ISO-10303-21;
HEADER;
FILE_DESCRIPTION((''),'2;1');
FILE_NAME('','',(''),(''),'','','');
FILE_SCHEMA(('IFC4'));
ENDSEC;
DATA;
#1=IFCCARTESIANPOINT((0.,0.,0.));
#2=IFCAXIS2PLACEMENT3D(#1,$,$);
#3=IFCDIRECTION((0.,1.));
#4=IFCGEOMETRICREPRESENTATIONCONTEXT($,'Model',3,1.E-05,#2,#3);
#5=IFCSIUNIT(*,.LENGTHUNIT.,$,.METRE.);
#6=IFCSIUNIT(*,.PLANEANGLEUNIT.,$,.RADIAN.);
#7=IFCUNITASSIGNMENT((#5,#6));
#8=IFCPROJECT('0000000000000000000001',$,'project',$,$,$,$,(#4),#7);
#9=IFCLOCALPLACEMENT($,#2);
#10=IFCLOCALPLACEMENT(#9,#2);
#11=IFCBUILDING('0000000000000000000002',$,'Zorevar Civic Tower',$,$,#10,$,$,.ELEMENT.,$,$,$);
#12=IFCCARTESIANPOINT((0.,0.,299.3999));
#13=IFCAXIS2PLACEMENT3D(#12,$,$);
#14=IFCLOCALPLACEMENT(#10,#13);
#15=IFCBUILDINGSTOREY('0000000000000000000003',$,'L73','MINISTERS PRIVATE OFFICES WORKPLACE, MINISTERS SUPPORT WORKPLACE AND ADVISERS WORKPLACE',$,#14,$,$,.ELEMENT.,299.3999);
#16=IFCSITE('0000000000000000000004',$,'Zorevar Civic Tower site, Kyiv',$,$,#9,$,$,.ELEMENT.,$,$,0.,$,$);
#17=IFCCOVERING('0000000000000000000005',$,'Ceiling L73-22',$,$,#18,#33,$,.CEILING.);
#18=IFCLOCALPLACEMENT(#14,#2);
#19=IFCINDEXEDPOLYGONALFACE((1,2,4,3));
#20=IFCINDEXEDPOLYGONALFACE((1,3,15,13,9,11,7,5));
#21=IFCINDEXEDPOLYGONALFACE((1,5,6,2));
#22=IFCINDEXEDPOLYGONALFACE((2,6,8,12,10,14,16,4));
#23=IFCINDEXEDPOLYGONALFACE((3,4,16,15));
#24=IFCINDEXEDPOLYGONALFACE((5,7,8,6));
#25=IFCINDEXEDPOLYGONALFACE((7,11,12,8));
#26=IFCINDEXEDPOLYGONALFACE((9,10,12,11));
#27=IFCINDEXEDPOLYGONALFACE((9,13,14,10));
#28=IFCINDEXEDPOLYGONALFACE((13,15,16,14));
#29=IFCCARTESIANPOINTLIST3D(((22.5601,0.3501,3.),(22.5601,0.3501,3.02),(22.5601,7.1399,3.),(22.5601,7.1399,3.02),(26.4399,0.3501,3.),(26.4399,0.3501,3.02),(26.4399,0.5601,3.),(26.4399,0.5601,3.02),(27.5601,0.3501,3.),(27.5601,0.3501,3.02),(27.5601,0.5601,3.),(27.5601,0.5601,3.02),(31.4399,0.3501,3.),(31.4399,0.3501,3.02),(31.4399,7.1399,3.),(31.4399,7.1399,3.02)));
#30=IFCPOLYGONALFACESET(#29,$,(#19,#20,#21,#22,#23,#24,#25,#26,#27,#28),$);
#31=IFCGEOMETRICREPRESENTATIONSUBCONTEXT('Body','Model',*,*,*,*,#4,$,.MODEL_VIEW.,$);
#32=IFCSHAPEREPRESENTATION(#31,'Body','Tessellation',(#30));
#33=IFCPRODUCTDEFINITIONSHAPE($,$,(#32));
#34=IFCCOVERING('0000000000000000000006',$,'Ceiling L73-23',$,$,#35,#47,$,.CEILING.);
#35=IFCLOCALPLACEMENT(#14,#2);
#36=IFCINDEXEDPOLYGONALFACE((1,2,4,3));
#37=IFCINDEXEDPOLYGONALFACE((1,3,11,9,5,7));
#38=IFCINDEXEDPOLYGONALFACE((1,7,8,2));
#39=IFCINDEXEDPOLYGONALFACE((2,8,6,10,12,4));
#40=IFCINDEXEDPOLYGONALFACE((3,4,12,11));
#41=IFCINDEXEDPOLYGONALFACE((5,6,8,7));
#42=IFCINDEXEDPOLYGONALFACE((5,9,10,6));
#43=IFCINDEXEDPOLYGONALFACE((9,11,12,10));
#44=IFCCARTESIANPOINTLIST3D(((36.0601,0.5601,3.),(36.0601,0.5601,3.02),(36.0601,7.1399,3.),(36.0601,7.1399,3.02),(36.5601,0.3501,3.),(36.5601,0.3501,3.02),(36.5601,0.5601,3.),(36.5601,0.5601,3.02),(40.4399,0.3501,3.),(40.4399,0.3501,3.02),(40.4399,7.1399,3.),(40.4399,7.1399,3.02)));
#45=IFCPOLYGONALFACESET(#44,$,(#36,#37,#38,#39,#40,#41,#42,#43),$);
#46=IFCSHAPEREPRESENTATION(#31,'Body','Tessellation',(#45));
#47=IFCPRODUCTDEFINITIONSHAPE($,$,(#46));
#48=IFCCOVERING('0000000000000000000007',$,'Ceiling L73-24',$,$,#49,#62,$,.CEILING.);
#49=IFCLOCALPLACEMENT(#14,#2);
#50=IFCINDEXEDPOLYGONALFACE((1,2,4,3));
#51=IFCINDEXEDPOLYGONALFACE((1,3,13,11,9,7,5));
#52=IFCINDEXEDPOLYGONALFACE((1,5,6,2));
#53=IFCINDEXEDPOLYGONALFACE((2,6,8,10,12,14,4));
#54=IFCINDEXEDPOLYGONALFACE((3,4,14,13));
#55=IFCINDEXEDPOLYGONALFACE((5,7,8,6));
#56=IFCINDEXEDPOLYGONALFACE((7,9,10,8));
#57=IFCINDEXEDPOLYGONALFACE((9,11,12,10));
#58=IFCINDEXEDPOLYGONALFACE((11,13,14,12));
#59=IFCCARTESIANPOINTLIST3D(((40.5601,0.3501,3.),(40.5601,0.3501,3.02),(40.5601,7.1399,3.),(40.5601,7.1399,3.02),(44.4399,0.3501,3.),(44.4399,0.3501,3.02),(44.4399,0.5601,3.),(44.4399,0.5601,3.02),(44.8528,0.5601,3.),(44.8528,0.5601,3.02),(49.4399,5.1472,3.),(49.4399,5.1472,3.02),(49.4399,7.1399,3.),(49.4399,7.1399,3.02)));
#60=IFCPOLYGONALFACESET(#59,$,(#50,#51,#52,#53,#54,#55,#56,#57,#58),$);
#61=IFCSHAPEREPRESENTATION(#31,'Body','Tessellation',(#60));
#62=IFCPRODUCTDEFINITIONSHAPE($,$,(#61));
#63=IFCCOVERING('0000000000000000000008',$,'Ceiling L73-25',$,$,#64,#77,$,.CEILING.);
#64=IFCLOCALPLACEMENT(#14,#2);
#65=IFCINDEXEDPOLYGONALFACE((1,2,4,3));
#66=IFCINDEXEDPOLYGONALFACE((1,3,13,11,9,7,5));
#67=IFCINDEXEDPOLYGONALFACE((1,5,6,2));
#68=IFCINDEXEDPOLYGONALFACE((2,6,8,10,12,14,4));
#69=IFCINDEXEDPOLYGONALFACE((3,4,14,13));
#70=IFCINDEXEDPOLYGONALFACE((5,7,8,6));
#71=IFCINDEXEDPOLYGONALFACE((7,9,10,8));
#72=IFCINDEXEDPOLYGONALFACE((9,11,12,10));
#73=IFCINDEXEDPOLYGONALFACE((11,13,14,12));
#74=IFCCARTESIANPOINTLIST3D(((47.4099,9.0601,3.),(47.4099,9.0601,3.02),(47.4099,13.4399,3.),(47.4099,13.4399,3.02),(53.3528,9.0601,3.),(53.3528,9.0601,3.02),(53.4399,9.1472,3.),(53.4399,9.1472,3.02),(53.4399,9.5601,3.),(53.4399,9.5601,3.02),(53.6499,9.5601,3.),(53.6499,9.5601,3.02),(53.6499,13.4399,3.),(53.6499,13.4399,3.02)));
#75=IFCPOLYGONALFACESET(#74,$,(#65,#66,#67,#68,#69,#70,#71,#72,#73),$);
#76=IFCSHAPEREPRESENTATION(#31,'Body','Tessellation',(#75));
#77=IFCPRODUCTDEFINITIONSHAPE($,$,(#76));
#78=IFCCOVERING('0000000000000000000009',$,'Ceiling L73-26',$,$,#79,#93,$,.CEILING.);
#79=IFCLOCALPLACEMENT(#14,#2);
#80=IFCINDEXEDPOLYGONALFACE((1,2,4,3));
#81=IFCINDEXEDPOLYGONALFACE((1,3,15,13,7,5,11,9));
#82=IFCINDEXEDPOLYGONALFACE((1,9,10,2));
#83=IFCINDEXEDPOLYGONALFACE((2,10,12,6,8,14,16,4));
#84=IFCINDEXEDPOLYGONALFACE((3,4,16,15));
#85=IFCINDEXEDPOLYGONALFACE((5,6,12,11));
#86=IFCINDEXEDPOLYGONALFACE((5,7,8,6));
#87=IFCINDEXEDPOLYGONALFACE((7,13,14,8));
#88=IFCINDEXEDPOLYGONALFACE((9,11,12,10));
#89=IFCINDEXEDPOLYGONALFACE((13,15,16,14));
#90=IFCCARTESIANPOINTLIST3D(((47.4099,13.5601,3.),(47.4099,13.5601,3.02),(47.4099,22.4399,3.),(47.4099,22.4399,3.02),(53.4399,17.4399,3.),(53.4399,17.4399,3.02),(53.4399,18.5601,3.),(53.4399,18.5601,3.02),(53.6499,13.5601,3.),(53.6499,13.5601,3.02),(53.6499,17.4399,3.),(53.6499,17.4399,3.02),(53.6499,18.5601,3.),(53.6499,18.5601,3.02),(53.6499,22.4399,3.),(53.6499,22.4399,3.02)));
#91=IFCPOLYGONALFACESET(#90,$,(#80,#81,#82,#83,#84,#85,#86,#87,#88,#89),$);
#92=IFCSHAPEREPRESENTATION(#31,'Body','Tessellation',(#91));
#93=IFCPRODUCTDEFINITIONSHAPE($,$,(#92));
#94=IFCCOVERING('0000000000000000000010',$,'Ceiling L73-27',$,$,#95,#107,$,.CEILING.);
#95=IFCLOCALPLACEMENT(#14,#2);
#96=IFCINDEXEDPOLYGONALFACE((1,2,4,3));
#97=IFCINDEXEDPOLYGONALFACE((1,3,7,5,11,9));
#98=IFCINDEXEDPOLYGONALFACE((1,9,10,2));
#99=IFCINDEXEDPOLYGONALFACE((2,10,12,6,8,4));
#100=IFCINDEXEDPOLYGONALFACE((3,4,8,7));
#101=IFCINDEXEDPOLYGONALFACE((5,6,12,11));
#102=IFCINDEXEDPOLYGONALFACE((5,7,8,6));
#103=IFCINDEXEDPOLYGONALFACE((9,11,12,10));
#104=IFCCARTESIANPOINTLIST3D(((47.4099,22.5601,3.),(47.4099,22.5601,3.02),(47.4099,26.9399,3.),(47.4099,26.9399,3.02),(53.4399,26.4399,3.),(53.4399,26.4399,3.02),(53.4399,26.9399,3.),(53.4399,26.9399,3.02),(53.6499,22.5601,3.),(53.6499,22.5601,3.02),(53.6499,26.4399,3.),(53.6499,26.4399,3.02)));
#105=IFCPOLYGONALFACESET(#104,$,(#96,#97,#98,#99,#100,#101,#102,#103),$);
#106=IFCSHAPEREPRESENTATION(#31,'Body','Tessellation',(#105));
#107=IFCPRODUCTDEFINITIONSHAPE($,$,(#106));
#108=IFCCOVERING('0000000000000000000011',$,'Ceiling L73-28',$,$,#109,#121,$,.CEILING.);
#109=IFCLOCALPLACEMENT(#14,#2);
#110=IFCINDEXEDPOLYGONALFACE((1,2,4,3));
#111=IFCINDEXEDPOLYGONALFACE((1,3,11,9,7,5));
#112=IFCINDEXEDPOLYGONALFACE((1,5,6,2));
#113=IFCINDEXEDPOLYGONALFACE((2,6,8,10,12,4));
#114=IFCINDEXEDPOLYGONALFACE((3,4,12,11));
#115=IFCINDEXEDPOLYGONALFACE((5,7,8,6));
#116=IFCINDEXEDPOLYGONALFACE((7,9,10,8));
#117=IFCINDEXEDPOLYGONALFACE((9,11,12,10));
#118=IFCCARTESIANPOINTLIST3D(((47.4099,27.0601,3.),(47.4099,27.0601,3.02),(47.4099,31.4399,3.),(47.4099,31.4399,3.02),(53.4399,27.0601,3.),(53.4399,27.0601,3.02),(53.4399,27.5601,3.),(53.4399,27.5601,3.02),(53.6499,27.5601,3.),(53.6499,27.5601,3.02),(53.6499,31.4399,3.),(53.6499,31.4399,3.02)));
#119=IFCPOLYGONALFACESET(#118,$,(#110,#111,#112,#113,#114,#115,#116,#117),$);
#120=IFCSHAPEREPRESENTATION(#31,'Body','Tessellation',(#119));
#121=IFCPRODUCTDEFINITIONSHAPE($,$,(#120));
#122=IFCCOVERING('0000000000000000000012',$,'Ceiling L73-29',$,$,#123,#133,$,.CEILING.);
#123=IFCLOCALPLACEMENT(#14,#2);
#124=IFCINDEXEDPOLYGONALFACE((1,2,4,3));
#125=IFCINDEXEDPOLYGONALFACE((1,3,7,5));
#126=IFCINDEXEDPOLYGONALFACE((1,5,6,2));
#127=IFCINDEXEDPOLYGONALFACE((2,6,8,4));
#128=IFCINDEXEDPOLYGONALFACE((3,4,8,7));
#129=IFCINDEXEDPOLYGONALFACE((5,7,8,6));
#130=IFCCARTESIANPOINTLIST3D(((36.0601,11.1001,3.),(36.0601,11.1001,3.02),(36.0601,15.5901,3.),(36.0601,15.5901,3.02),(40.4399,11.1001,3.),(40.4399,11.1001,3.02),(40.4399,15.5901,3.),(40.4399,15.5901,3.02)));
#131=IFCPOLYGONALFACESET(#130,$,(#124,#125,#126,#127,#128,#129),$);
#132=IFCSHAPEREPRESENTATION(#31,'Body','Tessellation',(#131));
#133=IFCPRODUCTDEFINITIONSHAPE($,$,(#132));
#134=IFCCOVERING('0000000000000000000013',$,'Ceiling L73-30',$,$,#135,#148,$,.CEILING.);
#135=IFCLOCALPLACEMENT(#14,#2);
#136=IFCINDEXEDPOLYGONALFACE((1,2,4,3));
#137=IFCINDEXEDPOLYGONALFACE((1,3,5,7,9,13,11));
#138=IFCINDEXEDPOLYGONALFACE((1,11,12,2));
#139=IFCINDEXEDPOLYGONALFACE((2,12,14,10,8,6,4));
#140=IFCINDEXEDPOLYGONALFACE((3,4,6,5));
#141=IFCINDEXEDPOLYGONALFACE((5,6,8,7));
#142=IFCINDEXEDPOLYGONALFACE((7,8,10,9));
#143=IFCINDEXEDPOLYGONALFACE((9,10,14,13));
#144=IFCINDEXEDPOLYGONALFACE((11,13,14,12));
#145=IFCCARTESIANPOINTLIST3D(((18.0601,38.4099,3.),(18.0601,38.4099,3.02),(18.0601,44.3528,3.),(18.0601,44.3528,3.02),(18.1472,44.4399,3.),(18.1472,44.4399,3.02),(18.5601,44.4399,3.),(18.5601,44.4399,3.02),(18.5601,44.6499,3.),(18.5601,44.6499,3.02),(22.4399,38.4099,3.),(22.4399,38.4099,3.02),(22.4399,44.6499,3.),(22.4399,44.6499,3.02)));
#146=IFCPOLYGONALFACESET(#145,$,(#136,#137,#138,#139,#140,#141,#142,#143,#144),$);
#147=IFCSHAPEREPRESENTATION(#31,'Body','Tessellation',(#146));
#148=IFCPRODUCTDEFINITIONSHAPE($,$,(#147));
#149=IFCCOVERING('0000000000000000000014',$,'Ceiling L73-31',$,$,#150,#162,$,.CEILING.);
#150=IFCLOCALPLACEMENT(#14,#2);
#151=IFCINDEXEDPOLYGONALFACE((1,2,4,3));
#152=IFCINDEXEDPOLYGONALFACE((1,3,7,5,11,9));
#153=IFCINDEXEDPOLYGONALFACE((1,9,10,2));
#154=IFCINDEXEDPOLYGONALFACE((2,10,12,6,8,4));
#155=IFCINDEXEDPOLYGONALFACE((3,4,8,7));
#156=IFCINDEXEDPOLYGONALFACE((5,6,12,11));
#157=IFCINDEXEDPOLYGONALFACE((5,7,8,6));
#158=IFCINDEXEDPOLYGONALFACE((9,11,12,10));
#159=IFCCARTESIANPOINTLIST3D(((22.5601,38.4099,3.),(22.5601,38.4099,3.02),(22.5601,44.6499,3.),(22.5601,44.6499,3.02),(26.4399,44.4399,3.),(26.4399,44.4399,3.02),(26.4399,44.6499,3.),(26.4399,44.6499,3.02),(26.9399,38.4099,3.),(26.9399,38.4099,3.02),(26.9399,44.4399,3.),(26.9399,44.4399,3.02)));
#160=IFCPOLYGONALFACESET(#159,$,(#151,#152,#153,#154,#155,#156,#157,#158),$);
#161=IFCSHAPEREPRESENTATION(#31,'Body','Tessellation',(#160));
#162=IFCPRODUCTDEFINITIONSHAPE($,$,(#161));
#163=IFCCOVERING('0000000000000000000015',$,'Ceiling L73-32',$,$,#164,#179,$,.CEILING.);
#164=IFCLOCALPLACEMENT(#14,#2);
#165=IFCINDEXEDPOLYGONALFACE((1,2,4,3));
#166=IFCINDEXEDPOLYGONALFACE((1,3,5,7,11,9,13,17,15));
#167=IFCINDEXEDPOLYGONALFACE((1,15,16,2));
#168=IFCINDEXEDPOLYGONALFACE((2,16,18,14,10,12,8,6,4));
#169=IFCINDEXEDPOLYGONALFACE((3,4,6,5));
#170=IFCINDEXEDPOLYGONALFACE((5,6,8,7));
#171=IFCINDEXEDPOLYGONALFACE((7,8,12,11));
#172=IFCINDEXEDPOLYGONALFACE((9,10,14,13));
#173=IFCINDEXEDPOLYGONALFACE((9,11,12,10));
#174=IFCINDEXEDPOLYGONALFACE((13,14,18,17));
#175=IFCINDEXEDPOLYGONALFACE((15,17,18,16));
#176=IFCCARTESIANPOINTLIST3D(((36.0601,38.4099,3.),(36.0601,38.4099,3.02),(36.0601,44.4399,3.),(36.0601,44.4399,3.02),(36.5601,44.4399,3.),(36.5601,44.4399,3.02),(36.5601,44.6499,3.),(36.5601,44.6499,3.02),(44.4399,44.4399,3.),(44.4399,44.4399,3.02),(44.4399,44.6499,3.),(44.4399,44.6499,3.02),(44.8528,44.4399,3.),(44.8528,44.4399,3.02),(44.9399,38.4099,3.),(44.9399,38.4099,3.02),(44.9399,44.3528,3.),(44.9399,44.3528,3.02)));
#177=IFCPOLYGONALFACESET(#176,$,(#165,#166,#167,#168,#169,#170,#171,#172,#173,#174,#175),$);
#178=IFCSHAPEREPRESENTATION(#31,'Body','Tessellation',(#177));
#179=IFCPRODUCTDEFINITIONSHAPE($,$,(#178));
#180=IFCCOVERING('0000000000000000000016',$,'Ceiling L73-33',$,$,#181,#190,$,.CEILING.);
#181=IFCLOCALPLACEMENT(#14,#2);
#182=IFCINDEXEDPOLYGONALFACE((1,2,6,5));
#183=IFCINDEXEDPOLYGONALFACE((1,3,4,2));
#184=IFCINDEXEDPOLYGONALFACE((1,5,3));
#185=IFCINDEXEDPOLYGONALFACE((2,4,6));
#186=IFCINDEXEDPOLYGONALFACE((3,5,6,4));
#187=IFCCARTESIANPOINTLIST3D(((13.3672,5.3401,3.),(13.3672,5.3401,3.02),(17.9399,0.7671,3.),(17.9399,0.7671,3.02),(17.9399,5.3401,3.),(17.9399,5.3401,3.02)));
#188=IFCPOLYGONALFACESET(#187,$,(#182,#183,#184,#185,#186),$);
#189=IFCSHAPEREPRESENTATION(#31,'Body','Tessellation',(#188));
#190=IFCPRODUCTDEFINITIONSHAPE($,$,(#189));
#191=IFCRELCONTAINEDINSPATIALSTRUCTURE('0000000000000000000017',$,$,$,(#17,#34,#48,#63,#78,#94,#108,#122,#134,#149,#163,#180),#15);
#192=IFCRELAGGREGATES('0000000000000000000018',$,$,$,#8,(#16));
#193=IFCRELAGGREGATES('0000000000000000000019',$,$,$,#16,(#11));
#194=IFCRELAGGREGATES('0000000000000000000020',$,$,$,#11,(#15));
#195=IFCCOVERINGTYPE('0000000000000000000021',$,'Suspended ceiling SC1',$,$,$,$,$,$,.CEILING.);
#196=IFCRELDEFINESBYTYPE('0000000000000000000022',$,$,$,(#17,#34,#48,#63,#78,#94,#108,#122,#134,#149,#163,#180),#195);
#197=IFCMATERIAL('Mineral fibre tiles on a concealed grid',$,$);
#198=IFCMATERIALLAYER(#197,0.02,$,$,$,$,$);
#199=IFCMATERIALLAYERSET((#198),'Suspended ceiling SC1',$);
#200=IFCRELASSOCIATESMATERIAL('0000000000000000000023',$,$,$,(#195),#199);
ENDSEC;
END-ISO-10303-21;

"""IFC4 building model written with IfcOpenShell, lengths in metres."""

from ifc_helpers import new_model, si_unit, direction, frame, origin, place, context, subcontext, project, spatial, polyline, outline, extrude, material, layer, layer_set, type_object, element, save


model = new_model("IFC4")

# Units and contexts
model_context = context("Model", 3, precision=1e-05, world=origin(), true_north=direction((0.0, 1.0)))
body_context = subcontext(model_context, "Body", "Model", "MODEL_VIEW")
ifc_project = project(units=[si_unit("LENGTHUNIT", "METRE"), si_unit("PLANEANGLEUNIT", "RADIAN")], contexts=[model_context])

# Site, building, storey
site_placement = place(None, origin())
site = spatial("IfcSite", under=ifc_project, at=site_placement, Name="Zorevar Civic Tower site, Kyiv", CompositionType="ELEMENT", RefElevation=0.0)
building_placement = place(site_placement, origin())
building = spatial("IfcBuilding", under=site, at=building_placement, Name="Zorevar Civic Tower", CompositionType="ELEMENT")
storey_placement = place(building_placement, frame((0.0, 0.0, 299.3999)))
storey = spatial("IfcBuildingStorey", under=building, at=storey_placement, Name="L73", Description="MINISTERS PRIVATE OFFICES WORKPLACE, MINISTERS SUPPORT WORKPLACE AND ADVISERS WORKPLACE", CompositionType="ELEMENT", Elevation=299.3999)

# Coverings
ifc_material_1 = material(Name="Mineral fibre tiles on a concealed grid")
ifc_layer_1 = layer(ifc_material_1, 0.02)
ifc_layer_set_1 = layer_set([ifc_layer_1], Name="Suspended ceiling SC1")
covering_type_1 = type_object("IfcCoveringType", Name="Suspended ceiling SC1", PredefinedType="CEILING", material=ifc_layer_set_1)
covering_1_placement = place(storey_placement, frame((0.0, 0.0, 3.0)))
element("IfcCovering", 1, at=covering_1_placement, inside=storey, type_object=covering_type_1, Name="Ceiling L73-22", PredefinedType="CEILING", context=body_context, shape_type="SweptSolid", body=[
    extrude(outline(polyline([(31.4399, 7.1399), (31.4399, 0.3501), (27.5601, 0.3501), (27.5601, 0.5601), (26.4399, 0.5601), (26.4399, 0.3501), (22.5601, 0.3501), (22.5601, 7.1399), (31.4399, 7.1399)])), origin(), (0.0, 0.0, 1.0), 0.02),
])
covering_2_placement = place(storey_placement, frame((0.0, 0.0, 3.0)))
element("IfcCovering", 2, at=covering_2_placement, inside=storey, type_object=covering_type_1, Name="Ceiling L73-23", PredefinedType="CEILING", context=body_context, shape_type="SweptSolid", body=[
    extrude(outline(polyline([(40.4399, 7.1399), (40.4399, 0.3501), (36.5601, 0.3501), (36.5601, 0.5601), (36.0601, 0.5601), (36.0601, 7.1399), (40.4399, 7.1399)])), origin(), (0.0, 0.0, 1.0), 0.02),
])
covering_3_placement = place(storey_placement, frame((0.0, 0.0, 3.0)))
element("IfcCovering", 3, at=covering_3_placement, inside=storey, type_object=covering_type_1, Name="Ceiling L73-24", PredefinedType="CEILING", context=body_context, shape_type="SweptSolid", body=[
    extrude(outline(polyline([(44.4399, 0.5601), (44.4399, 0.3501), (40.5601, 0.3501), (40.5601, 7.1399), (49.4399, 7.1399), (49.4399, 5.1472), (44.8528, 0.5601), (44.4399, 0.5601)])), origin(), (0.0, 0.0, 1.0), 0.02),
])
covering_4_placement = place(storey_placement, frame((0.0, 0.0, 3.0)))
element("IfcCovering", 4, at=covering_4_placement, inside=storey, type_object=covering_type_1, Name="Ceiling L73-25", PredefinedType="CEILING", context=body_context, shape_type="SweptSolid", body=[
    extrude(outline(polyline([(53.6499, 13.4399), (53.6499, 9.5601), (53.4399, 9.5601), (53.4399, 9.1472), (53.3528, 9.0601), (47.4099, 9.0601), (47.4099, 13.4399), (53.6499, 13.4399)])), origin(), (0.0, 0.0, 1.0), 0.02),
])
covering_5_placement = place(storey_placement, frame((0.0, 0.0, 3.0)))
element("IfcCovering", 5, at=covering_5_placement, inside=storey, type_object=covering_type_1, Name="Ceiling L73-26", PredefinedType="CEILING", context=body_context, shape_type="SweptSolid", body=[
    extrude(outline(polyline([(47.4099, 22.4399), (53.6499, 22.4399), (53.6499, 18.5601), (53.4399, 18.5601), (53.4399, 17.4399), (53.6499, 17.4399), (53.6499, 13.5601), (47.4099, 13.5601), (47.4099, 22.4399)])), origin(), (0.0, 0.0, 1.0), 0.02),
])
covering_6_placement = place(storey_placement, frame((0.0, 0.0, 3.0)))
element("IfcCovering", 6, at=covering_6_placement, inside=storey, type_object=covering_type_1, Name="Ceiling L73-27", PredefinedType="CEILING", context=body_context, shape_type="SweptSolid", body=[
    extrude(outline(polyline([(47.4099, 26.9399), (53.4399, 26.9399), (53.4399, 26.4399), (53.6499, 26.4399), (53.6499, 22.5601), (47.4099, 22.5601), (47.4099, 26.9399)])), origin(), (0.0, 0.0, 1.0), 0.02),
])
covering_7_placement = place(storey_placement, frame((0.0, 0.0, 3.0)))
element("IfcCovering", 7, at=covering_7_placement, inside=storey, type_object=covering_type_1, Name="Ceiling L73-28", PredefinedType="CEILING", context=body_context, shape_type="SweptSolid", body=[
    extrude(outline(polyline([(47.4099, 31.4399), (53.6499, 31.4399), (53.6499, 27.5601), (53.4399, 27.5601), (53.4399, 27.0601), (47.4099, 27.0601), (47.4099, 31.4399)])), origin(), (0.0, 0.0, 1.0), 0.02),
])
covering_8_placement = place(storey_placement, frame((0.0, 0.0, 3.0)))
element("IfcCovering", 8, at=covering_8_placement, inside=storey, type_object=covering_type_1, Name="Ceiling L73-29", PredefinedType="CEILING", context=body_context, shape_type="SweptSolid", body=[
    extrude(outline(polyline([(36.0601, 11.1001), (36.0601, 15.5901), (40.4399, 15.5901), (40.4399, 11.1001), (36.0601, 11.1001)])), origin(), (0.0, 0.0, 1.0), 0.02),
])
covering_9_placement = place(storey_placement, frame((0.0, 0.0, 3.0)))
element("IfcCovering", 9, at=covering_9_placement, inside=storey, type_object=covering_type_1, Name="Ceiling L73-30", PredefinedType="CEILING", context=body_context, shape_type="SweptSolid", body=[
    extrude(outline(polyline([(18.0601, 44.3528), (18.1472, 44.4399), (18.5601, 44.4399), (18.5601, 44.6499), (22.4399, 44.6499), (22.4399, 38.4099), (18.0601, 38.4099), (18.0601, 44.3528)])), origin(), (0.0, 0.0, 1.0), 0.02),
])
covering_10_placement = place(storey_placement, frame((0.0, 0.0, 3.0)))
element("IfcCovering", 10, at=covering_10_placement, inside=storey, type_object=covering_type_1, Name="Ceiling L73-31", PredefinedType="CEILING", context=body_context, shape_type="SweptSolid", body=[
    extrude(outline(polyline([(22.5601, 38.4099), (22.5601, 44.6499), (26.4399, 44.6499), (26.4399, 44.4399), (26.9399, 44.4399), (26.9399, 38.4099), (22.5601, 38.4099)])), origin(), (0.0, 0.0, 1.0), 0.02),
])
covering_11_placement = place(storey_placement, frame((0.0, 0.0, 3.0)))
element("IfcCovering", 11, at=covering_11_placement, inside=storey, type_object=covering_type_1, Name="Ceiling L73-32", PredefinedType="CEILING", context=body_context, shape_type="SweptSolid", body=[
    extrude(outline(polyline([(36.5601, 44.6499), (44.4399, 44.6499), (44.4399, 44.4399), (44.8528, 44.4399), (44.9399, 44.3528), (44.9399, 38.4099), (36.0601, 38.4099), (36.0601, 44.4399), (36.5601, 44.4399), (36.5601, 44.6499)])), origin(), (0.0, 0.0, 1.0), 0.02),
])
covering_12_placement = place(storey_placement, frame((0.0, 0.0, 3.0)))
element("IfcCovering", 12, at=covering_12_placement, inside=storey, type_object=covering_type_1, Name="Ceiling L73-33", PredefinedType="CEILING", context=body_context, shape_type="SweptSolid", body=[
    extrude(outline(polyline([(17.9399, 5.3401), (17.9399, 0.7671), (13.3672, 5.3401), (17.9399, 5.3401)])), origin(), (0.0, 0.0, 1.0), 0.02),
])

save(model, "model.ifc")
